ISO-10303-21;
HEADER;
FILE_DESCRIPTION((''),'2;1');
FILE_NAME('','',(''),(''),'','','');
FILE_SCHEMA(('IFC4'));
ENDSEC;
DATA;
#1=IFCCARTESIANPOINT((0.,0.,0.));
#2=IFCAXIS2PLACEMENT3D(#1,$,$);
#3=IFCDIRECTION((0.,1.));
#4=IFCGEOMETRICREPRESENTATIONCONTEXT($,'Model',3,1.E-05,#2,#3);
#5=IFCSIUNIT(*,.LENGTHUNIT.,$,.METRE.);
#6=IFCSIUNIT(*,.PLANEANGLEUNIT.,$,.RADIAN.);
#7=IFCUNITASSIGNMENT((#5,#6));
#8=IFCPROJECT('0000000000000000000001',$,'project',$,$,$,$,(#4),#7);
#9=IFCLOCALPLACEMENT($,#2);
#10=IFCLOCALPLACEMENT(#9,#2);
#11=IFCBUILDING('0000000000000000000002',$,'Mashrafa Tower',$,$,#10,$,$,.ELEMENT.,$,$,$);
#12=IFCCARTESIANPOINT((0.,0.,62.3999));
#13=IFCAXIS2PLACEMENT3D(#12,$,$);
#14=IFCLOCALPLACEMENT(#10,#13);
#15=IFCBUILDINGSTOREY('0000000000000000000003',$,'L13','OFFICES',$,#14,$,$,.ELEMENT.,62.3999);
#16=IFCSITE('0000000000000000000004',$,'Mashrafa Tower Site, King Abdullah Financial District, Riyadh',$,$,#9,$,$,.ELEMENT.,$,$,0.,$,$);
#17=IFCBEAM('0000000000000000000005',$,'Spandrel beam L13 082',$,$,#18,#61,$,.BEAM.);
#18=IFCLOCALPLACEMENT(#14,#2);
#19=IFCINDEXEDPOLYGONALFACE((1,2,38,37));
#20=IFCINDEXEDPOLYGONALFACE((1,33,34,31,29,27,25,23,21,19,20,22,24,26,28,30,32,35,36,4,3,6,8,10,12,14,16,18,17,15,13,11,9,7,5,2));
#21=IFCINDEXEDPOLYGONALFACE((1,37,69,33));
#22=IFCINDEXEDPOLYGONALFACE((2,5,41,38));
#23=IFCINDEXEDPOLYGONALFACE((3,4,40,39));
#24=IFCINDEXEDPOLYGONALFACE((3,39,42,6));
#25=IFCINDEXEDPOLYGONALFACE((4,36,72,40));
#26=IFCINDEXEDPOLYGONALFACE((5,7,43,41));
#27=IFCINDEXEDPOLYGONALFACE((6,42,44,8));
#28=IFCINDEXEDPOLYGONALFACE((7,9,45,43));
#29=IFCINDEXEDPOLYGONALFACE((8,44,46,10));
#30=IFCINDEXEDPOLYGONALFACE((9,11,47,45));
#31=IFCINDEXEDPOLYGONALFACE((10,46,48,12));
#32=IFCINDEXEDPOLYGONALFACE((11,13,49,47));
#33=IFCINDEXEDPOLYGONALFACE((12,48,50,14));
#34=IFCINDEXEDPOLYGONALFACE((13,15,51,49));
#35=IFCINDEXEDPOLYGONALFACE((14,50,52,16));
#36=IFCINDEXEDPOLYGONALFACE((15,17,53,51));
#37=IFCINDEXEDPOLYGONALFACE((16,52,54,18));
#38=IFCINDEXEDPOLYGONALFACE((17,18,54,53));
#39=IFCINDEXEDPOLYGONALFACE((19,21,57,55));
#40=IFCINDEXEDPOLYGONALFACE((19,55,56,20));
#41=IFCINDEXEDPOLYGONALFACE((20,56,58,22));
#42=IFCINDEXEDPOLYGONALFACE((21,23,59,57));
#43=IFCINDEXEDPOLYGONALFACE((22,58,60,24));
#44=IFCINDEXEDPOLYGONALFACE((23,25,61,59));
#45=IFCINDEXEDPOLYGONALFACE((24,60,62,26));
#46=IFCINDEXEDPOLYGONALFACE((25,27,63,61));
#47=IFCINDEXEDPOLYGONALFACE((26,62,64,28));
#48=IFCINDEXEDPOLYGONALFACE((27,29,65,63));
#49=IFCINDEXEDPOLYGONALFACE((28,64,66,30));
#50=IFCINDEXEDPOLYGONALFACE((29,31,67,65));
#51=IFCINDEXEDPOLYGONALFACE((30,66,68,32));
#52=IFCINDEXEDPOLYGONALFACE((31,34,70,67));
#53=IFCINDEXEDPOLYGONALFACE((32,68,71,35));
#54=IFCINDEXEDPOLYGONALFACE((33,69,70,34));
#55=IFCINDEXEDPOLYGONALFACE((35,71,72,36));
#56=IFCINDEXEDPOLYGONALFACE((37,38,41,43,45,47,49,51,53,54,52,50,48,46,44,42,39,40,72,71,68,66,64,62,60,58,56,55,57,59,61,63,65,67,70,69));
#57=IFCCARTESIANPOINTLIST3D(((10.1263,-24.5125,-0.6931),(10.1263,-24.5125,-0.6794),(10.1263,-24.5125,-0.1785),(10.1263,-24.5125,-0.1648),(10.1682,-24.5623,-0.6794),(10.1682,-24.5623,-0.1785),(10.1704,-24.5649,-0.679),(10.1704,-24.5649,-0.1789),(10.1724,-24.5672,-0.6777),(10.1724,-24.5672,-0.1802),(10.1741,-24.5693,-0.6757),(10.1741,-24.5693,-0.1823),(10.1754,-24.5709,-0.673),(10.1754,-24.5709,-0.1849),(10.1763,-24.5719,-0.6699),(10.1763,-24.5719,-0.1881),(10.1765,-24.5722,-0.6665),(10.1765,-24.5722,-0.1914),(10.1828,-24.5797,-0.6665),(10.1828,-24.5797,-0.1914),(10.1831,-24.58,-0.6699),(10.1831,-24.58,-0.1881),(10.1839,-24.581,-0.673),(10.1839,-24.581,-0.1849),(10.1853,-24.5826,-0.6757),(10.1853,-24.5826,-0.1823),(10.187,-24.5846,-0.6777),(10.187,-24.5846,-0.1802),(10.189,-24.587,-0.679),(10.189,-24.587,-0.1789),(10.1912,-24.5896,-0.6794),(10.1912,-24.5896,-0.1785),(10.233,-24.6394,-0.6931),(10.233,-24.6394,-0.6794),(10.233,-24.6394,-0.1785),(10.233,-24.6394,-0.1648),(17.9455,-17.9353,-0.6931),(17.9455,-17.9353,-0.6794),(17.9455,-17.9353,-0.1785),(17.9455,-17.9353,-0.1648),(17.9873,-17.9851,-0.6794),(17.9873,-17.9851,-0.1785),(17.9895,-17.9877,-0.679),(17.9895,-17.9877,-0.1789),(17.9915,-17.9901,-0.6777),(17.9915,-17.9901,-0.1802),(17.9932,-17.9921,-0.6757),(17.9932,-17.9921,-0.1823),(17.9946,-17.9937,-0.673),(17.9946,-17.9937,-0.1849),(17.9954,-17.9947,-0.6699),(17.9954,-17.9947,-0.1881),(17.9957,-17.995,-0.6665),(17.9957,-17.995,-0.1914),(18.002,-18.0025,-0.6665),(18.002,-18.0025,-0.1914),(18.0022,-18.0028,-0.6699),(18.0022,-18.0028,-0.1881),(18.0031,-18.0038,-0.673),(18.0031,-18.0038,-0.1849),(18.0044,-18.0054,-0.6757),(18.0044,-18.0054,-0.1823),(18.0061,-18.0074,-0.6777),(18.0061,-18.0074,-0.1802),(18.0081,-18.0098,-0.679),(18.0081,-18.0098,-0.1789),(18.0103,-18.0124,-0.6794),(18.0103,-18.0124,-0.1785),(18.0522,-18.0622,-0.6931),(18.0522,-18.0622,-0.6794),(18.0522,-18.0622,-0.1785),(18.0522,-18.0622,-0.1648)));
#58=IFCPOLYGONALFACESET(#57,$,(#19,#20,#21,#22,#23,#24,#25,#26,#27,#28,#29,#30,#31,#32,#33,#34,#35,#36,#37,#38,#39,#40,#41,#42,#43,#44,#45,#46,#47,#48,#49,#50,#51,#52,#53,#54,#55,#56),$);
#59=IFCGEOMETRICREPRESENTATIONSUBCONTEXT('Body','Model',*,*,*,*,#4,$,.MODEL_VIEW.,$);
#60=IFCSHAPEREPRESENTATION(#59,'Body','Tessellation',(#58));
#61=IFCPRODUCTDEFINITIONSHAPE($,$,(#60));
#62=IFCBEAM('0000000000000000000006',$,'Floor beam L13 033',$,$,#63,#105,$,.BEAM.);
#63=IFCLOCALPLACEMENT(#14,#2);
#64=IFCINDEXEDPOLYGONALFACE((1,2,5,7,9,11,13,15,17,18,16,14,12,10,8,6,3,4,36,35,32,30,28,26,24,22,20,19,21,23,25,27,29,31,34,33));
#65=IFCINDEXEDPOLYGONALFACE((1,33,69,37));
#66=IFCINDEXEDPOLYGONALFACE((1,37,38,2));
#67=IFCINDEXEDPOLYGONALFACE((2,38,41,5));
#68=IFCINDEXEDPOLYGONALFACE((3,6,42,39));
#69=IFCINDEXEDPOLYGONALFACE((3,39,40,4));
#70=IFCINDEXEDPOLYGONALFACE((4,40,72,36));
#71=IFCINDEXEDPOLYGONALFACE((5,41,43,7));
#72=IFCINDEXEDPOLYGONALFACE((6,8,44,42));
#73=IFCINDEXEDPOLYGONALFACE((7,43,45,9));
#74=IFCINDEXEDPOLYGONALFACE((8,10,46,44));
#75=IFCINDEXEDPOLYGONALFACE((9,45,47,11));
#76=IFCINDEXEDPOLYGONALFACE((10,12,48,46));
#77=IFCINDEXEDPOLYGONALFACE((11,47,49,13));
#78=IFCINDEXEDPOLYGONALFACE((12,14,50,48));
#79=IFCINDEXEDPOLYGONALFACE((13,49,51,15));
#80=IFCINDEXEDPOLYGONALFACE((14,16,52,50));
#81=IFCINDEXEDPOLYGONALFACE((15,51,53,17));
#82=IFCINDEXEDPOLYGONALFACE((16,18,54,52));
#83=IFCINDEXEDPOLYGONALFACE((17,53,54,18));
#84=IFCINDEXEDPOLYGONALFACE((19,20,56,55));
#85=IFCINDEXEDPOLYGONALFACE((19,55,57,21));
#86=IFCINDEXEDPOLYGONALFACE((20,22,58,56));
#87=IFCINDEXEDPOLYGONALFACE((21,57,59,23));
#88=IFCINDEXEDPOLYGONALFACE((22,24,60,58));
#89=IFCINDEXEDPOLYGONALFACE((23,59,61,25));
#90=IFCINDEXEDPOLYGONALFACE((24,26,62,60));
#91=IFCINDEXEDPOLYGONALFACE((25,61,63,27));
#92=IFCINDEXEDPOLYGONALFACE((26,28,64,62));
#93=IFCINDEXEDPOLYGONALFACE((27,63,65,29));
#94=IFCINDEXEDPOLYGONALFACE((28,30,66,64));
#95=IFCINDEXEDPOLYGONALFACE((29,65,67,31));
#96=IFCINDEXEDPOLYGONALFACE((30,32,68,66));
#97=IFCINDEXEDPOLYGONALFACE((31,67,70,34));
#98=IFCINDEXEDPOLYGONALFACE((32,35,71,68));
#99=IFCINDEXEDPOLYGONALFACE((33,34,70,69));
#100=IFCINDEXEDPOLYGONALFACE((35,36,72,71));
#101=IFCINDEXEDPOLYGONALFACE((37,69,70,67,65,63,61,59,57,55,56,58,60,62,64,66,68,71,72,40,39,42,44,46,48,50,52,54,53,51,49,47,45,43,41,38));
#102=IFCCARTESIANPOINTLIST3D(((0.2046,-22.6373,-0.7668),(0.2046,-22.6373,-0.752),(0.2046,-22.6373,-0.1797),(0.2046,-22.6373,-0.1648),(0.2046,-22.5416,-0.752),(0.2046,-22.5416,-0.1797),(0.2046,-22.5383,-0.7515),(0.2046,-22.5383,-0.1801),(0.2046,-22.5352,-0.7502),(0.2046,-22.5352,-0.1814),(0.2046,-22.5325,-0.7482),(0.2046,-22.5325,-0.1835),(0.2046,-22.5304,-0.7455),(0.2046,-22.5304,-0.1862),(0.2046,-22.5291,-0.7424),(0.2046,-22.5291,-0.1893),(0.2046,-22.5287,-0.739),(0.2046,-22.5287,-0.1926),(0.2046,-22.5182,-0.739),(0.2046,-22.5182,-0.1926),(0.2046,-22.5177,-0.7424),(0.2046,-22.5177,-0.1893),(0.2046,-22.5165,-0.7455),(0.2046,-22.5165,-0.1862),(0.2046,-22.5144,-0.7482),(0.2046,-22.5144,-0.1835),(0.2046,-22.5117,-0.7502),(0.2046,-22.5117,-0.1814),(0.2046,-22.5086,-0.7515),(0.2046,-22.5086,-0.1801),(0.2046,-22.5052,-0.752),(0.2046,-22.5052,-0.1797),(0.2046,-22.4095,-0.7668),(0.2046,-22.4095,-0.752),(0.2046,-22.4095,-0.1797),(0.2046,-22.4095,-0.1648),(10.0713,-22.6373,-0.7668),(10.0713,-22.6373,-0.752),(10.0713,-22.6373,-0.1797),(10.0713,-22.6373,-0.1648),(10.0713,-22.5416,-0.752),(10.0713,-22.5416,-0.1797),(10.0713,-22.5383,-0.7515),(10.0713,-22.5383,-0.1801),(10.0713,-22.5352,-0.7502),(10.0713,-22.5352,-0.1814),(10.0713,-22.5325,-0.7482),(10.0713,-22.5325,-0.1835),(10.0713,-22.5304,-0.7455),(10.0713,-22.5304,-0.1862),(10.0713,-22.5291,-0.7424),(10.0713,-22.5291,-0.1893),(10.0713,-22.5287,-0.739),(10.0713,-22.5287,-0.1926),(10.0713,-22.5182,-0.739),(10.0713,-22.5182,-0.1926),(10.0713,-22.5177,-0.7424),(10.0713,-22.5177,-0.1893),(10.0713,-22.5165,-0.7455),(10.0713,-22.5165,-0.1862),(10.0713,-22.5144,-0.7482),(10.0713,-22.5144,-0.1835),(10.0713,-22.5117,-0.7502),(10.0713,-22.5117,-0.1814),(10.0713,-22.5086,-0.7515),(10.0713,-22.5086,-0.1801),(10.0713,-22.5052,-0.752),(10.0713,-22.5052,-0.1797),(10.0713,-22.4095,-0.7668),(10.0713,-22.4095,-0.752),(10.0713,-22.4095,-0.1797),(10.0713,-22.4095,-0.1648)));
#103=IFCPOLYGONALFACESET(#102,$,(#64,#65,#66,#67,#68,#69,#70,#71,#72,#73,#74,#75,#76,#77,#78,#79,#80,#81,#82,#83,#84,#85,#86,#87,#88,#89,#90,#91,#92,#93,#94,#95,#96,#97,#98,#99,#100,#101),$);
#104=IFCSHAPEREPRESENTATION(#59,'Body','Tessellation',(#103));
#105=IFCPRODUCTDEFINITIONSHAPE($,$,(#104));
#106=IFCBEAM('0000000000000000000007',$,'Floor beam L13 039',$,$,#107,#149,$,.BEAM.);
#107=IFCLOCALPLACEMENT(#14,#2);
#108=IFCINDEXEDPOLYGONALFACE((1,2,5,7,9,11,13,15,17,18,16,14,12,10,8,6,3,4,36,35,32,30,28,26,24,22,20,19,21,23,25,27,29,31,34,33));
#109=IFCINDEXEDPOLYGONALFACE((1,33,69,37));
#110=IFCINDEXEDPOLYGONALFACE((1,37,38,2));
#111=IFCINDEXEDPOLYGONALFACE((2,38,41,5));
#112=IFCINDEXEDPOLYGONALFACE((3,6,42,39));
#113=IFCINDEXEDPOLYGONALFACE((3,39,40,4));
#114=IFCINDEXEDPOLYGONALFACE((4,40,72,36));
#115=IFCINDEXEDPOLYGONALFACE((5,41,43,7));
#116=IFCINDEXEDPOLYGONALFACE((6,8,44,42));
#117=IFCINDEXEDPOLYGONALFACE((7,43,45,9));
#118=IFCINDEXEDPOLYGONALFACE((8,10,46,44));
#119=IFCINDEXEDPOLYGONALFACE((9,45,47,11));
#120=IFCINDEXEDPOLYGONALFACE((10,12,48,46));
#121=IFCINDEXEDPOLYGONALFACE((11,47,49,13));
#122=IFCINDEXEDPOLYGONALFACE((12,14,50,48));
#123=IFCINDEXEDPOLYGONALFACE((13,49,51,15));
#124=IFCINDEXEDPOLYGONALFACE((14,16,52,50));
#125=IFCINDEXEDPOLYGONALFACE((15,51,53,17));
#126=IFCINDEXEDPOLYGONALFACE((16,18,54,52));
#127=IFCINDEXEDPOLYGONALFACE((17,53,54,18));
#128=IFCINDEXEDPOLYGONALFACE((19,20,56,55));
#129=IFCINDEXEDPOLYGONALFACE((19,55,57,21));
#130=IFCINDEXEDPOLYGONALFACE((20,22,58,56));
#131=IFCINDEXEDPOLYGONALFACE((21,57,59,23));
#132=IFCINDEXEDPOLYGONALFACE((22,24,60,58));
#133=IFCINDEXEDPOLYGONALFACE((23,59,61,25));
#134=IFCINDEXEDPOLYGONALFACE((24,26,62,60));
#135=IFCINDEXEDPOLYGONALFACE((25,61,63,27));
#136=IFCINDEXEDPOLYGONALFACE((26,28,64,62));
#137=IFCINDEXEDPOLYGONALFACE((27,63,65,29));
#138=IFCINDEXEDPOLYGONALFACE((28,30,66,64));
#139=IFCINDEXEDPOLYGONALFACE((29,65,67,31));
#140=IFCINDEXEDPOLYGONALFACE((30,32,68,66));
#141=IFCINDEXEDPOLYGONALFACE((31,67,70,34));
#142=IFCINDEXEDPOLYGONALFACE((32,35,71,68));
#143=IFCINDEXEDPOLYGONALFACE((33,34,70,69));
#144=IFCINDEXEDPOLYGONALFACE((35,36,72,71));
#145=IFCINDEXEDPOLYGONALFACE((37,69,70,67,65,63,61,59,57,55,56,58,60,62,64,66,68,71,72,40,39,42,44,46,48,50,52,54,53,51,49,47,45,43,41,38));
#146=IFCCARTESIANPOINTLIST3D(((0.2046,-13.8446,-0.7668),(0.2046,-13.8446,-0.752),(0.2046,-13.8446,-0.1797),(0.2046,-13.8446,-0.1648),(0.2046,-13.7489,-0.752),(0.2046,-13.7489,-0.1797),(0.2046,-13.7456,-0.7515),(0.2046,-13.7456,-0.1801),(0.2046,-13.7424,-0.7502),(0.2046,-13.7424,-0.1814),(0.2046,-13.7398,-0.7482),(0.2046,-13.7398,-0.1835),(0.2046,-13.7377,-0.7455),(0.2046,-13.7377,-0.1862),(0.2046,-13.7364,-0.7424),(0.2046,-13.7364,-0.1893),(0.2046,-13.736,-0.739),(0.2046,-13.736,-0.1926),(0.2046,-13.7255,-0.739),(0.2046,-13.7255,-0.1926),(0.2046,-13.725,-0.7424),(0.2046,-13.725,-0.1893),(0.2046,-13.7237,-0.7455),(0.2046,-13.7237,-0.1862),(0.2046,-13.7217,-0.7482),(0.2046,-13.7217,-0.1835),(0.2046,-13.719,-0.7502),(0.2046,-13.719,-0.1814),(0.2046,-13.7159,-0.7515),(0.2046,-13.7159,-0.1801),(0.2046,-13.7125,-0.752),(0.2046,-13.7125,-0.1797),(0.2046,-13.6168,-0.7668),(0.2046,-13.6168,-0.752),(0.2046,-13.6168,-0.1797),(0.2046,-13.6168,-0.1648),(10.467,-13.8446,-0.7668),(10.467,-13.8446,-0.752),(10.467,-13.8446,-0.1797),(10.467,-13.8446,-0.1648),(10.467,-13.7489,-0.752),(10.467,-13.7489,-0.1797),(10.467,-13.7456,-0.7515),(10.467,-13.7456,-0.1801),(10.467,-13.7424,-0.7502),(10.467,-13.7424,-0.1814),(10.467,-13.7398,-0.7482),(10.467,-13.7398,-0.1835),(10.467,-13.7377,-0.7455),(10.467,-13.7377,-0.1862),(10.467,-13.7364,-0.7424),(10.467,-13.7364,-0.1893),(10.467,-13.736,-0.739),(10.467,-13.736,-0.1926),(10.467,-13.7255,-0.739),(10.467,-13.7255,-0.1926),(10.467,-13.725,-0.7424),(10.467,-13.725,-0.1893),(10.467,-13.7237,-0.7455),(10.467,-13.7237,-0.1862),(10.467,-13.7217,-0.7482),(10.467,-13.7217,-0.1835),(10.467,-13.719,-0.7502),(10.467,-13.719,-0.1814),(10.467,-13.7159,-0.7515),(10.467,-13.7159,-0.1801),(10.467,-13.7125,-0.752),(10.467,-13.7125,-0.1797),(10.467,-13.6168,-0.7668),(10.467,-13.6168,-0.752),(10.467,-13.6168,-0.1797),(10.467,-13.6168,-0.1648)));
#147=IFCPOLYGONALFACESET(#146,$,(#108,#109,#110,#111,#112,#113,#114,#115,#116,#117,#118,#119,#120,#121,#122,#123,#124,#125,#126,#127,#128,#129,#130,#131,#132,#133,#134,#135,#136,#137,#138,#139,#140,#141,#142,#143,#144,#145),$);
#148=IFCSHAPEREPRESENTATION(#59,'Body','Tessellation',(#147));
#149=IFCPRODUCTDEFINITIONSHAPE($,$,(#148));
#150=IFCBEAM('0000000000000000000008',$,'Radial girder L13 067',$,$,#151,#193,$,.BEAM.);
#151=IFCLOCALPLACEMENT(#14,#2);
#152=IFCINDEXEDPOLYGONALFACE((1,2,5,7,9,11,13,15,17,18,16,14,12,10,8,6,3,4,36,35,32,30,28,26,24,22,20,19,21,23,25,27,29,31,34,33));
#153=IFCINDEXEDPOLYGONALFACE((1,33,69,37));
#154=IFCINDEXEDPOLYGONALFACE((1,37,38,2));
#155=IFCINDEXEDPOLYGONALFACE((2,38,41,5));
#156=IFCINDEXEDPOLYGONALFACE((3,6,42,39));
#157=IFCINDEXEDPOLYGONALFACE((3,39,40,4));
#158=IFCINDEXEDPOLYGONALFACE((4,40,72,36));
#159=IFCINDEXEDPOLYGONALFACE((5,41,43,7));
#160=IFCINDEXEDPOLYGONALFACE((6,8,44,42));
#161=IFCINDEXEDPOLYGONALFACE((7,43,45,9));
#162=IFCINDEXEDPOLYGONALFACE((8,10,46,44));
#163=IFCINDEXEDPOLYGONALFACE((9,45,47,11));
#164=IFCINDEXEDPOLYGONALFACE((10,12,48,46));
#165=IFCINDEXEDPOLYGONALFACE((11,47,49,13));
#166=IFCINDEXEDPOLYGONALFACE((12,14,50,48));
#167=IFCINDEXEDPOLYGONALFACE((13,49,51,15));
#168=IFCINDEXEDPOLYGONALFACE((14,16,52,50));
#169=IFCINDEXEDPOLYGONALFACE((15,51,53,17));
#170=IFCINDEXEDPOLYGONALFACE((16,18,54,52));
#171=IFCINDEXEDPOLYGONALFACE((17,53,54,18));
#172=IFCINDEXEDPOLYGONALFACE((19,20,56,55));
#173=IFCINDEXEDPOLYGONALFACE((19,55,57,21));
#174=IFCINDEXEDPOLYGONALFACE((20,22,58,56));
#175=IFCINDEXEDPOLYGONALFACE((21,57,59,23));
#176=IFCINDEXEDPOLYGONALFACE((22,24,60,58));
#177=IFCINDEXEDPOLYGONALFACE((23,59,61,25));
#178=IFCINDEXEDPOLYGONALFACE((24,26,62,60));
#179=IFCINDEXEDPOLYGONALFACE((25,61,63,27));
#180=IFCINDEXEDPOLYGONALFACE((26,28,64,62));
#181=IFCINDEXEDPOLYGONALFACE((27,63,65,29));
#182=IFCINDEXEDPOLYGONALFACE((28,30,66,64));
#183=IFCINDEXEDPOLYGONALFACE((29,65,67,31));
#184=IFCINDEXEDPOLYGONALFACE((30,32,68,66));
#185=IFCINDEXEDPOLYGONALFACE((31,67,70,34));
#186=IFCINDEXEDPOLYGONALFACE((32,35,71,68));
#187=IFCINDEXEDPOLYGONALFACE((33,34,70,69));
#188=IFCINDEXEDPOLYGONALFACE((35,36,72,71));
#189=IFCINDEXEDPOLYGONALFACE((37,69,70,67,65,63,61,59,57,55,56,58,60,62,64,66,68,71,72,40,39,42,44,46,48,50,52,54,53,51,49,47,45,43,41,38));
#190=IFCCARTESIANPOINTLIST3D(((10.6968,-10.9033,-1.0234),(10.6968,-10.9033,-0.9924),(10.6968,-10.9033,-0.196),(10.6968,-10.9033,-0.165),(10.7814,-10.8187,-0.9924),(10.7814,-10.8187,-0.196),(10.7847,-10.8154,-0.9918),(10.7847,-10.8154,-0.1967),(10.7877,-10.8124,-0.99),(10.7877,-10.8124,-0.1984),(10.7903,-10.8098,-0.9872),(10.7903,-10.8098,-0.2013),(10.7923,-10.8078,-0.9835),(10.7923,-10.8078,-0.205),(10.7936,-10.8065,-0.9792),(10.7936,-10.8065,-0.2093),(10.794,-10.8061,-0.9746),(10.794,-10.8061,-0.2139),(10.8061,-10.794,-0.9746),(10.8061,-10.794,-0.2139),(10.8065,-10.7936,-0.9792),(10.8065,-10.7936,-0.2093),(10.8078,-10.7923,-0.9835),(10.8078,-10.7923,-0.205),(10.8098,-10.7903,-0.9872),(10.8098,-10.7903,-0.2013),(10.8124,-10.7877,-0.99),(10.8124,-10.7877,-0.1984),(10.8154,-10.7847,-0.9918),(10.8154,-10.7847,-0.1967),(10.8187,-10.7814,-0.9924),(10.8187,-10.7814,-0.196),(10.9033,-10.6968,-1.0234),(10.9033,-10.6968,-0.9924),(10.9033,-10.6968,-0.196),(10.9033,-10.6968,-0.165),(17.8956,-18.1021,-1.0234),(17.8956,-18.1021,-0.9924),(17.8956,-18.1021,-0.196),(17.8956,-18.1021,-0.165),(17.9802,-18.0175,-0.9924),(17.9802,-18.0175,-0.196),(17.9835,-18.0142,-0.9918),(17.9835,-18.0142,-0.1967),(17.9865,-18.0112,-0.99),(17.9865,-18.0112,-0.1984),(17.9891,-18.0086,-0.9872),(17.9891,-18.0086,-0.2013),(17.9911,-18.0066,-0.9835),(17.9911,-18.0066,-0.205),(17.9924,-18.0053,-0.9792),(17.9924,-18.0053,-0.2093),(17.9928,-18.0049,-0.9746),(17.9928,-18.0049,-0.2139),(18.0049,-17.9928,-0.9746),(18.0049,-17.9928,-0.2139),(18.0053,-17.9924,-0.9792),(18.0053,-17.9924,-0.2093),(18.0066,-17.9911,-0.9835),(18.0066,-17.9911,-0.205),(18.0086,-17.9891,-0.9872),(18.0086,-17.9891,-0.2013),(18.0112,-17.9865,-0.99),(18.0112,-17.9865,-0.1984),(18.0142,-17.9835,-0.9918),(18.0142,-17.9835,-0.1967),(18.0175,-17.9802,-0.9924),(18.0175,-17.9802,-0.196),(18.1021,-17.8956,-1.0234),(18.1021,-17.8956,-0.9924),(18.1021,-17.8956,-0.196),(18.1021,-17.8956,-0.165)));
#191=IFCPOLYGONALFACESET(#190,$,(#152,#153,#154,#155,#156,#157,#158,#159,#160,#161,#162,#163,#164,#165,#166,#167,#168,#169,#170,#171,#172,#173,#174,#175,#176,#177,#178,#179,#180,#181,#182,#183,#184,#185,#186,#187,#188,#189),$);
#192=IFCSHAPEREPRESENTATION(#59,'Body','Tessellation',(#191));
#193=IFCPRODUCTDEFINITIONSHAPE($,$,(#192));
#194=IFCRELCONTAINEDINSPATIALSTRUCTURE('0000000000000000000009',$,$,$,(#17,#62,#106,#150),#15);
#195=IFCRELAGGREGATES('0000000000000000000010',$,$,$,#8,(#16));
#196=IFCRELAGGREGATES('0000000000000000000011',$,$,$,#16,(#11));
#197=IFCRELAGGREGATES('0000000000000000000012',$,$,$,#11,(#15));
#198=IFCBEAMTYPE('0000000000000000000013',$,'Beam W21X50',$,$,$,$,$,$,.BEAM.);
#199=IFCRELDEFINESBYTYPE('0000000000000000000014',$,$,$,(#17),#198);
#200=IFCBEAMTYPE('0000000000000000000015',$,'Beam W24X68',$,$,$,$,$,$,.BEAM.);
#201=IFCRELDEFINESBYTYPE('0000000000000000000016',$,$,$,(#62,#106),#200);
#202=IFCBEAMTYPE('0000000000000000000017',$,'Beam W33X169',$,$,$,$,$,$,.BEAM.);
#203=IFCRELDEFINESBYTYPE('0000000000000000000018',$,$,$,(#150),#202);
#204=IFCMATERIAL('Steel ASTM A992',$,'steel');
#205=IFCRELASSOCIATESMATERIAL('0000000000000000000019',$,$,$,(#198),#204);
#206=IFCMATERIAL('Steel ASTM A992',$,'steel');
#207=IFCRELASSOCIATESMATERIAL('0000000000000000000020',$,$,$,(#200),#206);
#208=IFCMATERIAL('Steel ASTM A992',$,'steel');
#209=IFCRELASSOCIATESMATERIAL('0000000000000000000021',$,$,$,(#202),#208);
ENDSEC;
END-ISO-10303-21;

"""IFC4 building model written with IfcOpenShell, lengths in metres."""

from ifc_helpers import new_model, si_unit, direction, frame, origin, origin_2d, place, context, subcontext, project, spatial, i_section, extrude, material, material_profile, profile_set, type_object, element, save


model = new_model("IFC4")

# Units and contexts
model_context = context("Model", 3, precision=1e-05, world=origin(), true_north=direction((0.0, 1.0)))
body_context = subcontext(model_context, "Body", "Model", "MODEL_VIEW")
ifc_project = project(units=[si_unit("LENGTHUNIT", "METRE"), si_unit("PLANEANGLEUNIT", "RADIAN")], contexts=[model_context])

# Site, building, storey
site_placement = place(None, origin())
site = spatial("IfcSite", under=ifc_project, at=site_placement, Name="Mashrafa Tower Site, King Abdullah Financial District, Riyadh", CompositionType="ELEMENT", RefElevation=0.0)
building_placement = place(site_placement, origin())
building = spatial("IfcBuilding", under=site, at=building_placement, Name="Mashrafa Tower", CompositionType="ELEMENT")
storey_placement = place(building_placement, frame((0.0, 0.0, 62.3999)))
storey = spatial("IfcBuildingStorey", under=building, at=storey_placement, Name="L13", Description="OFFICES", CompositionType="ELEMENT", Elevation=62.3999)

# Beams
ifc_material_1 = material(Name="Steel ASTM A992", Category="steel")
ifc_material_profile_1 = material_profile(ifc_material_1, i_section(OverallWidth=0.1658, OverallDepth=0.5283, WebThickness=0.0098, FlangeThickness=0.0137, FilletRadius=0.0129, at=origin_2d()), Name="W21X50")
ifc_profile_set_1 = profile_set([ifc_material_profile_1], Name="Steel ASTM A992")
beam_type_1 = type_object("IfcBeamType", Name="Beam W21X50", PredefinedType="BEAM", material=ifc_profile_set_1)
for number, where, z_axis, x_axis, name in (
    (1, (10.1797, -24.5759, -0.429), (0.765266, 0.643715, 0.0), (-0.643715, 0.765266, 0.0), "Spandrel beam L13 082"),
):
    element("IfcBeam", number, at=place(storey_placement, frame(where, z_axis=z_axis, x_axis=x_axis)), inside=storey, type_object=beam_type_1, Name=name, PredefinedType="BEAM", context=body_context, shape_type="SweptSolid", body=[
        extrude(i_section(OverallWidth=0.1658, OverallDepth=0.5283, WebThickness=0.0098, FlangeThickness=0.0137, FilletRadius=0.0129, at=origin_2d()), origin(), (0.0, 0.0, 1.0), 10.2175),
    ])
ifc_material_2 = material(Name="Steel ASTM A992", Category="steel")
ifc_material_profile_2 = material_profile(ifc_material_2, i_section(OverallWidth=0.2278, OverallDepth=0.6021, WebThickness=0.0105, FlangeThickness=0.0149, FilletRadius=0.0129, at=origin_2d()), Name="W24X68")
ifc_profile_set_2 = profile_set([ifc_material_profile_2], Name="Steel ASTM A992")
beam_type_2 = type_object("IfcBeamType", Name="Beam W24X68", PredefinedType="BEAM", material=ifc_profile_set_2)
beam_1_placement = place(storey_placement, frame((10.0713, -22.5234, -0.4658), z_axis=(-1.0, 0.0, 0.0), x_axis=(0.0, -1.0, 0.0)))
element("IfcBeam", 2, at=beam_1_placement, inside=storey, type_object=beam_type_2, Name="Floor beam L13 033", PredefinedType="BEAM", context=body_context, shape_type="SweptSolid", body=[
    extrude(i_section(OverallWidth=0.2278, OverallDepth=0.6021, WebThickness=0.0105, FlangeThickness=0.0149, FilletRadius=0.0129, at=origin_2d()), origin(), (0.0, 0.0, 1.0), 9.8667),
])
beam_2_placement = place(storey_placement, frame((10.467, -13.7307, -0.4658), z_axis=(-1.0, 0.0, 0.0), x_axis=(0.0, -1.0, 0.0)))
element("IfcBeam", 3, at=beam_2_placement, inside=storey, type_object=beam_type_2, Name="Floor beam L13 039", PredefinedType="BEAM", context=body_context, shape_type="SweptSolid", body=[
    extrude(i_section(OverallWidth=0.2278, OverallDepth=0.6021, WebThickness=0.0105, FlangeThickness=0.0149, FilletRadius=0.0129, at=origin_2d()), origin(), (0.0, 0.0, 1.0), 10.2625),
])
ifc_material_3 = material(Name="Steel ASTM A992", Category="steel")
ifc_material_profile_3 = material_profile(ifc_material_3, i_section(OverallWidth=0.292, OverallDepth=0.8584, WebThickness=0.0171, FlangeThickness=0.031, FilletRadius=0.0178, at=origin_2d()), Name="W33X169")
ifc_profile_set_3 = profile_set([ifc_material_profile_3], Name="Steel ASTM A992")
beam_type_3 = type_object("IfcBeamType", Name="Beam W33X169", PredefinedType="BEAM", material=ifc_profile_set_3)
beam_3_placement = place(storey_placement, frame((10.8, -10.8, -0.5942), z_axis=(0.707107, -0.707107, 0.0), x_axis=(0.707107, 0.707107, 0.0)))
element("IfcBeam", 4, at=beam_3_placement, inside=storey, type_object=beam_type_3, Name="Radial girder L13 067", PredefinedType="BEAM", context=body_context, shape_type="SweptSolid", body=[
    extrude(i_section(OverallWidth=0.292, OverallDepth=0.8584, WebThickness=0.0171, FlangeThickness=0.031, FilletRadius=0.0178, at=origin_2d()), origin(), (0.0, 0.0, 1.0), 10.1807),
])

save(model, "model.ifc")
